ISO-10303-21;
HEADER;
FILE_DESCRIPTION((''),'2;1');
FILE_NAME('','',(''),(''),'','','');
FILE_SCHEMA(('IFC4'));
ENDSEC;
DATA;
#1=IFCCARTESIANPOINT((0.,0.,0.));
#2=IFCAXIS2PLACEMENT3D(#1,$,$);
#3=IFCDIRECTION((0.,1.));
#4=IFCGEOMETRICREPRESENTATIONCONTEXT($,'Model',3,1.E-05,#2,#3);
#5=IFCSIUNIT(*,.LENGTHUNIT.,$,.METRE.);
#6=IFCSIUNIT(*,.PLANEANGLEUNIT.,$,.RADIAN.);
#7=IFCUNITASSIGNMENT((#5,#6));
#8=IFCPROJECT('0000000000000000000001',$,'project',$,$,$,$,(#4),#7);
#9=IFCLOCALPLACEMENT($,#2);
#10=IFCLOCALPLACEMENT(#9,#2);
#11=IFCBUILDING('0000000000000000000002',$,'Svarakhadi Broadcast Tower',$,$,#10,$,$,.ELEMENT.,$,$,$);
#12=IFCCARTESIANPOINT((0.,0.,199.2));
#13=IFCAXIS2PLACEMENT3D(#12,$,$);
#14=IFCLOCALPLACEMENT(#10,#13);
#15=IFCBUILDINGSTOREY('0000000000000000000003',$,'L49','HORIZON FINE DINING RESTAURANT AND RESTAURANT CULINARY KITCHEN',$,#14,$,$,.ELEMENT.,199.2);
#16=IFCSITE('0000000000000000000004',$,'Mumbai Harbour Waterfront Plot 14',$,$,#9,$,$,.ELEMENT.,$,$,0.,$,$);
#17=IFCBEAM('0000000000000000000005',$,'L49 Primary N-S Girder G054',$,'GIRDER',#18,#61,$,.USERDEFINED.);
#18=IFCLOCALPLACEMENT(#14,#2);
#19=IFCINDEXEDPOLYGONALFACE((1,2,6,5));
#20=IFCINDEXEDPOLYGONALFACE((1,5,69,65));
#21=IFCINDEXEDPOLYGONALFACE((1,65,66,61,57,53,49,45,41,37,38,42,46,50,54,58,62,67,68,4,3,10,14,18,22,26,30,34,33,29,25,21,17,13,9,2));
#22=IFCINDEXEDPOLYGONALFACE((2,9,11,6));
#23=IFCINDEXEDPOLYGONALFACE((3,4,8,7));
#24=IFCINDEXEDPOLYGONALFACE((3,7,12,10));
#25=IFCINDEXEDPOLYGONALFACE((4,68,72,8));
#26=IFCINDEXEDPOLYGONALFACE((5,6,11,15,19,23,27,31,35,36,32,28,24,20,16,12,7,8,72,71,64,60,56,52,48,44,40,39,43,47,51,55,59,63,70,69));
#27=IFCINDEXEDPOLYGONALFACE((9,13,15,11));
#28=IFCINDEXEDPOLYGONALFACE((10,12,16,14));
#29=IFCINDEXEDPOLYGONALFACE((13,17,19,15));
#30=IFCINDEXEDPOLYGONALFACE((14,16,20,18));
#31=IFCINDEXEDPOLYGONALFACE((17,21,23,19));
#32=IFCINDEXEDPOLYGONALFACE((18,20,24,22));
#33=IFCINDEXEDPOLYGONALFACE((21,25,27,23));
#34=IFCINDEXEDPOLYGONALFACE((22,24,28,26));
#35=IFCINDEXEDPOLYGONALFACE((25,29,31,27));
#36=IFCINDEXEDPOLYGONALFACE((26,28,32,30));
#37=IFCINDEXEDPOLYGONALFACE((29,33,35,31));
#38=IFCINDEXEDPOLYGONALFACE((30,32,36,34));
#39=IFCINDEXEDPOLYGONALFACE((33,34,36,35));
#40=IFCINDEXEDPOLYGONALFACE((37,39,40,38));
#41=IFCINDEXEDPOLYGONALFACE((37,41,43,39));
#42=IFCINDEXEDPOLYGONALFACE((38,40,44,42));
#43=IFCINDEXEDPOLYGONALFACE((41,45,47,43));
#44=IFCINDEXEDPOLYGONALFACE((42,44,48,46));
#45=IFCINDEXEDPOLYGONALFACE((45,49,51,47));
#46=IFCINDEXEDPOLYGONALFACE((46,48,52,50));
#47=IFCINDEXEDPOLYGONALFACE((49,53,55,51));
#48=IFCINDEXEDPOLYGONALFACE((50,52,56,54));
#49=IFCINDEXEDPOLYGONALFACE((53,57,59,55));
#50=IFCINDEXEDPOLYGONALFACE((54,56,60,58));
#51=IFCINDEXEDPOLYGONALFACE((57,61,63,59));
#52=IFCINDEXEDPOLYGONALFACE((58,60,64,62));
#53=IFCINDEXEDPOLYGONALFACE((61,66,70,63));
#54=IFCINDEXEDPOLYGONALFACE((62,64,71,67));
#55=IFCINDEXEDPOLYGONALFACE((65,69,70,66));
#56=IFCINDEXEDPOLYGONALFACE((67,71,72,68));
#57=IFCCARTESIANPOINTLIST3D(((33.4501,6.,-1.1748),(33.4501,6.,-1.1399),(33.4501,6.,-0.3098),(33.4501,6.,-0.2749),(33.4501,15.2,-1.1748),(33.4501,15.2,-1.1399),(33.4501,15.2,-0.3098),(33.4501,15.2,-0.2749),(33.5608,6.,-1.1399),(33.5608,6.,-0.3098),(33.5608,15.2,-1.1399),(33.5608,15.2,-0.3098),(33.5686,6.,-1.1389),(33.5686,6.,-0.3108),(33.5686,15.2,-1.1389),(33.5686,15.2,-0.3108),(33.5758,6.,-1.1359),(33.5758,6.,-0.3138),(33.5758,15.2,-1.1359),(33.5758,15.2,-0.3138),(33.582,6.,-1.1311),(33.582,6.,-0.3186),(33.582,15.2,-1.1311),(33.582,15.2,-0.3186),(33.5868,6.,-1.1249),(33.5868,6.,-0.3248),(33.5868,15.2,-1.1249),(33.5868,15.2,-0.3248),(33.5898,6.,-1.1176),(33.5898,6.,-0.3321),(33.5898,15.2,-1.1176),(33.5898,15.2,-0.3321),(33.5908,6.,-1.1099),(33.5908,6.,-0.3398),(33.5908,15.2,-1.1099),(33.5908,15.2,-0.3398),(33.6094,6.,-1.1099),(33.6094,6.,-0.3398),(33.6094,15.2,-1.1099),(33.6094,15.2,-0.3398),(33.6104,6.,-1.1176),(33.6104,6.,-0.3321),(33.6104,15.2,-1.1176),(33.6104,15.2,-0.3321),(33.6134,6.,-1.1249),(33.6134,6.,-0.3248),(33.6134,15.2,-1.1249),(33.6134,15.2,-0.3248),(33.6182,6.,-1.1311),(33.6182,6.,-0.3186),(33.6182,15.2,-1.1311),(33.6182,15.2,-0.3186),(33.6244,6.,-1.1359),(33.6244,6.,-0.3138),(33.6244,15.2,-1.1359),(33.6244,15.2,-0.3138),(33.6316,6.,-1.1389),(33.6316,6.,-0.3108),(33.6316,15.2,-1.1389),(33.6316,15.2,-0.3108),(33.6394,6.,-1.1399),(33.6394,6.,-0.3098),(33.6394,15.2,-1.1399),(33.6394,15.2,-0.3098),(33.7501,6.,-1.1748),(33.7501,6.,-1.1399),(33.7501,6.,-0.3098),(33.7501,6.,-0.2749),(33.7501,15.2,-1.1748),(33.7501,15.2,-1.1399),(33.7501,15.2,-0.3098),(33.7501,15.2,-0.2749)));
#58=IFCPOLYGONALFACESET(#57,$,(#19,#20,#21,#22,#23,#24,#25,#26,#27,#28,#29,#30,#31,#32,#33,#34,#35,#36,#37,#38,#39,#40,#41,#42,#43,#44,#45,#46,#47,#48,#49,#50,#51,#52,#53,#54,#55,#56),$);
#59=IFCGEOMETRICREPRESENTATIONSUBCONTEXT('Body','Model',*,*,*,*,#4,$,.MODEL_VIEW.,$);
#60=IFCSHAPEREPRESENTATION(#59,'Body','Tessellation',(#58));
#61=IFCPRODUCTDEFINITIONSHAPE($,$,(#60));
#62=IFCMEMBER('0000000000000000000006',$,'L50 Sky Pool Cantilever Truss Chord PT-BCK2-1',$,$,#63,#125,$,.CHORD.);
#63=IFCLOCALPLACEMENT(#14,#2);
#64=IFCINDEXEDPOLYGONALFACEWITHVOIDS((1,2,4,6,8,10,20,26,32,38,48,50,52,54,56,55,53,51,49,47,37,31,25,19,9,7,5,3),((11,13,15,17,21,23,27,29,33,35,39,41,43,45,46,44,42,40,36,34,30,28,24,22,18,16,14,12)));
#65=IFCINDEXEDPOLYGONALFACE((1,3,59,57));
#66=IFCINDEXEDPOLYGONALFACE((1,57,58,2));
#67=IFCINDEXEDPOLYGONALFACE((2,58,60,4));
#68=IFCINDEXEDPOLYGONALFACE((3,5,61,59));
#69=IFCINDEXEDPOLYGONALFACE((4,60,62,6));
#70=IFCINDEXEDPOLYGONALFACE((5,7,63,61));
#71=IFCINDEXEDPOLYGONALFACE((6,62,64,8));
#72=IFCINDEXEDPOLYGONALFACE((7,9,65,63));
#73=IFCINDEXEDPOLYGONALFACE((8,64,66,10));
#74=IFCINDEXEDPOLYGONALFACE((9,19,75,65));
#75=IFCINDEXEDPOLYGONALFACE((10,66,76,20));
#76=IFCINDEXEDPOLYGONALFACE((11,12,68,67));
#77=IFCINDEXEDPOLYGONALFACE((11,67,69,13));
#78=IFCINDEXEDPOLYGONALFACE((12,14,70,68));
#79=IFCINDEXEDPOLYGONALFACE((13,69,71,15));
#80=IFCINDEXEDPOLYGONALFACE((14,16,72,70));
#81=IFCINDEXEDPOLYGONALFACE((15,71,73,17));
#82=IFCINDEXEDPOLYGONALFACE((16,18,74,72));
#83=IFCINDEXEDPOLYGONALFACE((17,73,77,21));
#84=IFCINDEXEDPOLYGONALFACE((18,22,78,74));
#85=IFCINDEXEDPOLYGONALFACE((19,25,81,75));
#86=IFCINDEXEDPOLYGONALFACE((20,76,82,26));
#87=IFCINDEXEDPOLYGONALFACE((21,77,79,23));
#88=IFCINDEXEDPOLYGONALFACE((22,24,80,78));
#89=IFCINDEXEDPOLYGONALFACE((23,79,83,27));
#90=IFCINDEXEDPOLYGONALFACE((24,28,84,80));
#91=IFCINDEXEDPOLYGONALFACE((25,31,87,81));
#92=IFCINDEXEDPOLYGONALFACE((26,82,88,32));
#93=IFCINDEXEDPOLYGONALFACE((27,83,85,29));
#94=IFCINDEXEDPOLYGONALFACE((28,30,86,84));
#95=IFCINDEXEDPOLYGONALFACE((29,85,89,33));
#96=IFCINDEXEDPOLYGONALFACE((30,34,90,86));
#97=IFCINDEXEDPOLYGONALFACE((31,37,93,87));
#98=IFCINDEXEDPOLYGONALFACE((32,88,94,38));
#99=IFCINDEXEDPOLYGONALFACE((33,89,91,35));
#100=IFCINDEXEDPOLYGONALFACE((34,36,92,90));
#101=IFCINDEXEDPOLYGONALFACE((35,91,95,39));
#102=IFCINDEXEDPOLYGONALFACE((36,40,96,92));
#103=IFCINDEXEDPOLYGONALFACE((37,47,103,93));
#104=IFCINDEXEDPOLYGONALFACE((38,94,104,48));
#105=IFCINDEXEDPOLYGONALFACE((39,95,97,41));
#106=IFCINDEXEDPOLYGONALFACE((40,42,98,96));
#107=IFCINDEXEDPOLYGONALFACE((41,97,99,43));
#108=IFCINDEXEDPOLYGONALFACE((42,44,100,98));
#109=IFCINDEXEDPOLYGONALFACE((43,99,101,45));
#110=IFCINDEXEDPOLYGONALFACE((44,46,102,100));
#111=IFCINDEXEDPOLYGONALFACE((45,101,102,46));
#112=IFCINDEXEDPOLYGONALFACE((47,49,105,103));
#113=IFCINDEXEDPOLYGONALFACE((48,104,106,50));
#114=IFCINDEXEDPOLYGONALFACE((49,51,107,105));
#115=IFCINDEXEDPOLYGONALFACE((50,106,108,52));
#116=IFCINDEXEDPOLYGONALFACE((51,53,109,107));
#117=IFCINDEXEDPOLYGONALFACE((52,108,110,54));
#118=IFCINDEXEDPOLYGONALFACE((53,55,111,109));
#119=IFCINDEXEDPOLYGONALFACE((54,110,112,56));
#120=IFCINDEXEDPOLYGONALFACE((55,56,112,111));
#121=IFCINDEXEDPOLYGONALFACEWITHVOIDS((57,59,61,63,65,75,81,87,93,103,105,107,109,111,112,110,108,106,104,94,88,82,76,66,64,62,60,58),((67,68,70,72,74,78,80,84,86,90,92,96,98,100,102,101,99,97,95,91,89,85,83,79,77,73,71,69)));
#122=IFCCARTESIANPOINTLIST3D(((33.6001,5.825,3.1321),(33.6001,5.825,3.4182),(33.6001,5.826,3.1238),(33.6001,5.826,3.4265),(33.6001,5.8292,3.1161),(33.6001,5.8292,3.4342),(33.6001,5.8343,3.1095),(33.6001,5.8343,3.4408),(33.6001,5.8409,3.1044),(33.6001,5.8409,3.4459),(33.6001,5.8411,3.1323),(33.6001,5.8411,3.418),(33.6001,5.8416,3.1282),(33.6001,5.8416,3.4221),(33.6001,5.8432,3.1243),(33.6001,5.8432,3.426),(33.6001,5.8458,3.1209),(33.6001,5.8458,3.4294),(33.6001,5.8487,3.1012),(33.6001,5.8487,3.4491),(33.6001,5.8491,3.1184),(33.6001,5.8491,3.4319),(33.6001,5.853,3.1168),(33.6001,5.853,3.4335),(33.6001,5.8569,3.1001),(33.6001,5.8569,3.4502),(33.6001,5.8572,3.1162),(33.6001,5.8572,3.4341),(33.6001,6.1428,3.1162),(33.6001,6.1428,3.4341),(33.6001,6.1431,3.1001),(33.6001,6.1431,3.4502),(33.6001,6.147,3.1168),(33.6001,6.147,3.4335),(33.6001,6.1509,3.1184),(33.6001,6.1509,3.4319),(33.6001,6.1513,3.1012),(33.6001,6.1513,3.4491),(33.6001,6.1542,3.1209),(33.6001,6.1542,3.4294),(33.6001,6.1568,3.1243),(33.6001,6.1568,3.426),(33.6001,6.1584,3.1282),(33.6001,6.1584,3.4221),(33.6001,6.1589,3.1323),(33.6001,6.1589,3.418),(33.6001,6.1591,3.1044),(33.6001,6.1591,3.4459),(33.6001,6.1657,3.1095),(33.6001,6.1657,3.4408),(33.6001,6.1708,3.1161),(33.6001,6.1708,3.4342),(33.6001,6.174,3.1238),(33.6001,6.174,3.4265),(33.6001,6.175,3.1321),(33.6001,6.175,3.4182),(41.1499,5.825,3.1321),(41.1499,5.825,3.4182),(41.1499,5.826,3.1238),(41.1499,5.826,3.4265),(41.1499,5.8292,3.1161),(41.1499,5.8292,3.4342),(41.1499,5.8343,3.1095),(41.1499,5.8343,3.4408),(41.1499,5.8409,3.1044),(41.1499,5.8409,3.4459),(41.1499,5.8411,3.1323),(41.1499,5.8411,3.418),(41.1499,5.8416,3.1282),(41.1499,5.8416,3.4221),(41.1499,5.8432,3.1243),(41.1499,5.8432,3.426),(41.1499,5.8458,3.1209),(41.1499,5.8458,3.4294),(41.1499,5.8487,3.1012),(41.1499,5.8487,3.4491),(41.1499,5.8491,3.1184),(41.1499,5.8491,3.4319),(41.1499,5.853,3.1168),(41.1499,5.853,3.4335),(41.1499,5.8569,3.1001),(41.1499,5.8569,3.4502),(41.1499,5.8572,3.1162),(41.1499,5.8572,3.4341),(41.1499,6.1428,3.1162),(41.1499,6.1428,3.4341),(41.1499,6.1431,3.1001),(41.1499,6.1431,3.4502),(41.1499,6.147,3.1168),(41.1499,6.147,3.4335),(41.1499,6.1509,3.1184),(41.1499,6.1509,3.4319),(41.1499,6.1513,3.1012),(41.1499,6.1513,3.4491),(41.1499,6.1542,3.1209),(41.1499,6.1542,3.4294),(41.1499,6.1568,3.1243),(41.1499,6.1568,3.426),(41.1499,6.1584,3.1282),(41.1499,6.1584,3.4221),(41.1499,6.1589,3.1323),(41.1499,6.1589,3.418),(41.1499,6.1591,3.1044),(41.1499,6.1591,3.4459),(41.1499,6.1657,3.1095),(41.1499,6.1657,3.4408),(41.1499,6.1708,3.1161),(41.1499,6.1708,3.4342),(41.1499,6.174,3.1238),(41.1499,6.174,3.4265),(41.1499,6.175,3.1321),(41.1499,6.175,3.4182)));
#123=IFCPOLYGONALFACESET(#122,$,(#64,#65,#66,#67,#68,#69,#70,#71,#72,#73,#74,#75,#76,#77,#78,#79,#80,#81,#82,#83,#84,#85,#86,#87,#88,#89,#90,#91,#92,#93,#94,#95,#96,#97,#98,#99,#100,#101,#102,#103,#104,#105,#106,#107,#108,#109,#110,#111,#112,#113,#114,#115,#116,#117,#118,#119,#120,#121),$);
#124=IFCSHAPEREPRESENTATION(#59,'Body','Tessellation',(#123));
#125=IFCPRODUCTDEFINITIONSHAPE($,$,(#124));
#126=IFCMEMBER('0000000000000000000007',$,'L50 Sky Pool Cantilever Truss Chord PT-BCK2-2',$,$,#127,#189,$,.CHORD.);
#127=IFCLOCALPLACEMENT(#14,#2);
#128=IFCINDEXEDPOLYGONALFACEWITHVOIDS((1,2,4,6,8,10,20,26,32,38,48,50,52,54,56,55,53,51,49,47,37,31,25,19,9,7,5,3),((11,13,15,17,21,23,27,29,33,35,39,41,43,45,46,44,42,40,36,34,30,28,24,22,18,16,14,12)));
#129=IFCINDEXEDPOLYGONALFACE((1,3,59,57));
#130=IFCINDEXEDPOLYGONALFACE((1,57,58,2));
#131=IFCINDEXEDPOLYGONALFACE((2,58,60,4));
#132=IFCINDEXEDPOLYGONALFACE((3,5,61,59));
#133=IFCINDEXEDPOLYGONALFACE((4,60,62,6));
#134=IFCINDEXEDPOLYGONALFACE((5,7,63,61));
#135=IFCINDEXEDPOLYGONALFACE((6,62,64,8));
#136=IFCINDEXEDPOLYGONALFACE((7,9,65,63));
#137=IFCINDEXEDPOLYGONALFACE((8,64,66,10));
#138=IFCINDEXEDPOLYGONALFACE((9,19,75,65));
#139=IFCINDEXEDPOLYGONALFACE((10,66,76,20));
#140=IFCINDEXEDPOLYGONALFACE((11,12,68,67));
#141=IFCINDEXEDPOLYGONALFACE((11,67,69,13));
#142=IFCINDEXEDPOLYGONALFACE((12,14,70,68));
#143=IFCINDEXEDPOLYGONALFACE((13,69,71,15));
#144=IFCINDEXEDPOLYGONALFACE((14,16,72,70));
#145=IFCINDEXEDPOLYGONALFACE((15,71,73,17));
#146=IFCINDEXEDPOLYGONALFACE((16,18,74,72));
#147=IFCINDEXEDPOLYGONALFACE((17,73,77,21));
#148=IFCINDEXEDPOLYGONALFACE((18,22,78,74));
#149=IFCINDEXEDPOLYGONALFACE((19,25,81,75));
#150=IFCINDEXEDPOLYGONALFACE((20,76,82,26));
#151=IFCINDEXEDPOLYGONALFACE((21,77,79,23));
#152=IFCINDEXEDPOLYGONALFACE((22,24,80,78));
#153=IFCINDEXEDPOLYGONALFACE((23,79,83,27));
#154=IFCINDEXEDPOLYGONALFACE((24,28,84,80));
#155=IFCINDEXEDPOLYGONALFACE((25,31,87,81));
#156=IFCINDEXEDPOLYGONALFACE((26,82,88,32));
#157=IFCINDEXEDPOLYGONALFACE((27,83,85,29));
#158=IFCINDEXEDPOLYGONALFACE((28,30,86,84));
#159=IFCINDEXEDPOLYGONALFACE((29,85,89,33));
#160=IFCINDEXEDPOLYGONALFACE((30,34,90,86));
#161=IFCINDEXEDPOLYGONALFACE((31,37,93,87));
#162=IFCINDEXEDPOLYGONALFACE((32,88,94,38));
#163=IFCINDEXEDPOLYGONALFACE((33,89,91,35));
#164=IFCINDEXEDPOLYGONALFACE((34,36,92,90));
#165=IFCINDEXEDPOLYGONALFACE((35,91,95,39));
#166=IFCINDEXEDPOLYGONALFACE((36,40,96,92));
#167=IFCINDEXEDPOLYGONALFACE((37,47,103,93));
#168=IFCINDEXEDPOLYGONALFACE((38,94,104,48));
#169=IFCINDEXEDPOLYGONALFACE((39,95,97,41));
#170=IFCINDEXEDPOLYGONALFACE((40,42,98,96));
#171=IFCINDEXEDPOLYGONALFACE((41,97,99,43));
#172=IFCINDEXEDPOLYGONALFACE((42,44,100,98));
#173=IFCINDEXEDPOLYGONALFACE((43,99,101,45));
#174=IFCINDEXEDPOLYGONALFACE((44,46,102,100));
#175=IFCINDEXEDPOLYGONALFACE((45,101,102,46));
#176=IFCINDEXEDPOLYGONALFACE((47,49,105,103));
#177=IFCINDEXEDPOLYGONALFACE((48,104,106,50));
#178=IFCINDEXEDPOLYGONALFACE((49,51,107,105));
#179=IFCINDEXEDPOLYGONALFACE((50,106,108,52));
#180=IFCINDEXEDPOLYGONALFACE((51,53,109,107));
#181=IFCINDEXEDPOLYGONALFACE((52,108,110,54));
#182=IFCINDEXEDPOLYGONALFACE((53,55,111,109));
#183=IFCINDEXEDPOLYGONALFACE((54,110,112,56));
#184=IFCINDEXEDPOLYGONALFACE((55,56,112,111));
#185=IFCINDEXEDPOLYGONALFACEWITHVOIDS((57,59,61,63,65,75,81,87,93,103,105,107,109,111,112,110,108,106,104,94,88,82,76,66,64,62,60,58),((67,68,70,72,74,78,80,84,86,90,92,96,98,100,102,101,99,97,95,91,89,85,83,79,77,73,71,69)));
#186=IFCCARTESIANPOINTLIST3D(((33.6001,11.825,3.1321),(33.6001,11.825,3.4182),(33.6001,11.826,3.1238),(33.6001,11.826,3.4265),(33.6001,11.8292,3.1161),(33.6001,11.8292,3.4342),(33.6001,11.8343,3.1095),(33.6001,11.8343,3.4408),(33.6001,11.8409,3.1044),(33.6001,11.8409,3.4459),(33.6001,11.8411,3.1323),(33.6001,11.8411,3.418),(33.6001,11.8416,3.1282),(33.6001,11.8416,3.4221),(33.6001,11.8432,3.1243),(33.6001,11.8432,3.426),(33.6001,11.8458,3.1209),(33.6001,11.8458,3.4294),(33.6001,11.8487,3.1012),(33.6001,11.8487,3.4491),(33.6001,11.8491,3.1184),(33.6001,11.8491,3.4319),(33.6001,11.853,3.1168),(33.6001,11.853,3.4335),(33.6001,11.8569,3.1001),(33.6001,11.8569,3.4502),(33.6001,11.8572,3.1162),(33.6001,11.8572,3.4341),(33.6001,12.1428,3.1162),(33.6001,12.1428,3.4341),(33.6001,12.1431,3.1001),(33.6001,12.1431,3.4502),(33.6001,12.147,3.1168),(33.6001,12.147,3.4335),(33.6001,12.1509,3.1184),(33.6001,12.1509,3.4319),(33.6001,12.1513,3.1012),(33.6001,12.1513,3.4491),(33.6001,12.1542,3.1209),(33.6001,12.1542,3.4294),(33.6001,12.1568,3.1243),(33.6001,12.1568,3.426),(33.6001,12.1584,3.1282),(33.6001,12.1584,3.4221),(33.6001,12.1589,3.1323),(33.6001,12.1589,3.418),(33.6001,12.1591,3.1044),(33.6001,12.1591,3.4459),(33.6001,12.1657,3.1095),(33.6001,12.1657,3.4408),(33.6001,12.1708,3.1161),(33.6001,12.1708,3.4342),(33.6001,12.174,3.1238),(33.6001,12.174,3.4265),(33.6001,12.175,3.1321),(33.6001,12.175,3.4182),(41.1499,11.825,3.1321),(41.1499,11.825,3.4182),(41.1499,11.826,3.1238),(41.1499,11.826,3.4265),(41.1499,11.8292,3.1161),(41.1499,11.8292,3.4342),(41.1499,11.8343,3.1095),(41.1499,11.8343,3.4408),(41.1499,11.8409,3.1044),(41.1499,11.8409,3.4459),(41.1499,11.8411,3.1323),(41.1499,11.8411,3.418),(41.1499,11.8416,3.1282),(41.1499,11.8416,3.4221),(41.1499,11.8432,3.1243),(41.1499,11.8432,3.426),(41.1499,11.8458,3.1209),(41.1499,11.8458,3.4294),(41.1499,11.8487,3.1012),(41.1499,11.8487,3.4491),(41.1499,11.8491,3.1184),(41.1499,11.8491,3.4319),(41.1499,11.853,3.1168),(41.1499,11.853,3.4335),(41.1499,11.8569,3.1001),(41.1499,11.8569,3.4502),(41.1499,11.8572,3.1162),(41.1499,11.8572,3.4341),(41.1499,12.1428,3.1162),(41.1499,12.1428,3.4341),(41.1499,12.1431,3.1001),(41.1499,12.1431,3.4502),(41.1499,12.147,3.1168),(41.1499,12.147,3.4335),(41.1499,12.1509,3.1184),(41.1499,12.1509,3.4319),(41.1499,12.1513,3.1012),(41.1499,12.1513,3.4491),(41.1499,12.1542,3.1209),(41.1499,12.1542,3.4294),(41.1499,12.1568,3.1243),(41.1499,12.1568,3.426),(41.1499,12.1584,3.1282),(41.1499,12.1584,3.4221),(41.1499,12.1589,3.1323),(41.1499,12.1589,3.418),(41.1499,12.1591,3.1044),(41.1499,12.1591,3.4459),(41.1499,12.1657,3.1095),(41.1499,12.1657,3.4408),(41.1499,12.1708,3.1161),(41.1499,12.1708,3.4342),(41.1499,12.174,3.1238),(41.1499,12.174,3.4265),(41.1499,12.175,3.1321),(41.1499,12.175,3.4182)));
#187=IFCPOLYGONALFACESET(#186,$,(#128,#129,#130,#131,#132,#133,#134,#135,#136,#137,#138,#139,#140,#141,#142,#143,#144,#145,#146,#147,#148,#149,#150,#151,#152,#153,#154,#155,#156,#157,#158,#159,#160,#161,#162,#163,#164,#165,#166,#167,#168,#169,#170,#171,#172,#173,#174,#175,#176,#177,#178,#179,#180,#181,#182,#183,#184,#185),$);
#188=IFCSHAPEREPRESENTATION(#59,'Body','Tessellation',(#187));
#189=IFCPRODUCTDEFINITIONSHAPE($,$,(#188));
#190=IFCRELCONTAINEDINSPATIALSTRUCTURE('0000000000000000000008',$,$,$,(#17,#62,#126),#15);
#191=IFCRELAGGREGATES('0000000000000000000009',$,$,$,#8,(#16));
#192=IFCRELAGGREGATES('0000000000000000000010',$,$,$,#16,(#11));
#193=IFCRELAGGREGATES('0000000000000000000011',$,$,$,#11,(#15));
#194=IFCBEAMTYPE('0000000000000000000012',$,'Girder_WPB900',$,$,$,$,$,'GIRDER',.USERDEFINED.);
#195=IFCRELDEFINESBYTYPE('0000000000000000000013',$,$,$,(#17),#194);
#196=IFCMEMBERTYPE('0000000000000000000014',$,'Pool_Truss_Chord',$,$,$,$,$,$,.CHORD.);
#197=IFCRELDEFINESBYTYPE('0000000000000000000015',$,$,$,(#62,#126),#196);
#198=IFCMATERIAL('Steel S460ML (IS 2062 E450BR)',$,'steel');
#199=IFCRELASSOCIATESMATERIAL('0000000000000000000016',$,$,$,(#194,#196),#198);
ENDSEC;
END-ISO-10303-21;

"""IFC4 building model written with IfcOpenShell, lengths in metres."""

from ifc_helpers import new_model, si_unit, direction, frame, origin, origin_2d, place, context, subcontext, project, spatial, hollow_rectangle, i_section, extrude, material, material_profile, profile_set, type_object, element, save


model = new_model("IFC4")

# Units and contexts
model_context = context("Model", 3, precision=1e-05, world=origin(), true_north=direction((0.0, 1.0)))
body_context = subcontext(model_context, "Body", "Model", "MODEL_VIEW")
ifc_project = project(units=[si_unit("LENGTHUNIT", "METRE"), si_unit("PLANEANGLEUNIT", "RADIAN")], contexts=[model_context])

# Site, building, storey
site_placement = place(None, origin())
site = spatial("IfcSite", under=ifc_project, at=site_placement, Name="Mumbai Harbour Waterfront Plot 14", CompositionType="ELEMENT", RefElevation=0.0)
building_placement = place(site_placement, origin())
building = spatial("IfcBuilding", under=site, at=building_placement, Name="Svarakhadi Broadcast Tower", CompositionType="ELEMENT")
storey_placement = place(building_placement, frame((0.0, 0.0, 199.2)))
storey = spatial("IfcBuildingStorey", under=building, at=storey_placement, Name="L49", Description="HORIZON FINE DINING RESTAURANT AND RESTAURANT CULINARY KITCHEN", CompositionType="ELEMENT", Elevation=199.2)

# Shared definitions
ifc_material_1 = material(Name="Steel S460ML (IS 2062 E450BR)", Category="steel")

# Beam
ifc_material_profile_1 = material_profile(ifc_material_1, i_section(OverallWidth=0.3, OverallDepth=0.8999, WebThickness=0.0186, FlangeThickness=0.0349, FilletRadius=0.03, at=origin_2d()), Name="WPB 900x300x291")
ifc_profile_set_1 = profile_set([ifc_material_profile_1], Name="Steel S460ML (IS 2062 E450BR)")
beam_type_1 = type_object("IfcBeamType", Name="Girder_WPB900", ElementType="GIRDER", PredefinedType="USERDEFINED", material=ifc_profile_set_1)
beam_1_placement = place(storey_placement, frame((33.6001, 6.0, -0.7249), z_axis=(0.0, 1.0, 0.0), x_axis=(-1.0, 0.0, 0.0)))
element("IfcBeam", 1, at=beam_1_placement, inside=storey, type_object=beam_type_1, Name="L49 Primary N-S Girder G054", ObjectType="GIRDER", PredefinedType="USERDEFINED", context=body_context, shape_type="SweptSolid", body=[
    extrude(i_section(OverallWidth=0.3, OverallDepth=0.8999, WebThickness=0.0186, FlangeThickness=0.0349, FilletRadius=0.03, at=origin_2d()), origin(), (0.0, 0.0, 1.0), 9.2),
])

# Members
ifc_material_profile_2 = material_profile(ifc_material_1, hollow_rectangle(XDim=0.3501, YDim=0.3501, WallThickness=0.0161, InnerFilletRadius=0.0161, OuterFilletRadius=0.032, at=origin_2d()), Name="SHS 350x350x16")
ifc_profile_set_2 = profile_set([ifc_material_profile_2], Name="Steel S460ML (IS 2062 E450BR)")
member_type_1 = type_object("IfcMemberType", Name="Pool_Truss_Chord", PredefinedType="CHORD", material=ifc_profile_set_2)
for number, where, z_axis, x_axis, name in (
    (2, (33.6001, 6.0, 3.2751), (1.0, 0.0, 0.0), (0.0, 1.0, 0.0), "L50 Sky Pool Cantilever Truss Chord PT-BCK2-1"),
    (3, (33.6001, 12.0, 3.2751), (1.0, 0.0, 0.0), (0.0, 1.0, 0.0), "L50 Sky Pool Cantilever Truss Chord PT-BCK2-2"),
):
    element("IfcMember", number, at=place(storey_placement, frame(where, z_axis=z_axis, x_axis=x_axis)), inside=storey, type_object=member_type_1, Name=name, PredefinedType="CHORD", context=body_context, shape_type="SweptSolid", body=[
        extrude(hollow_rectangle(XDim=0.3501, YDim=0.3501, WallThickness=0.0161, InnerFilletRadius=0.0161, OuterFilletRadius=0.032, at=origin_2d()), origin(), (0.0, 0.0, 1.0), 7.5498),
    ])

save(model, "model.ifc")
